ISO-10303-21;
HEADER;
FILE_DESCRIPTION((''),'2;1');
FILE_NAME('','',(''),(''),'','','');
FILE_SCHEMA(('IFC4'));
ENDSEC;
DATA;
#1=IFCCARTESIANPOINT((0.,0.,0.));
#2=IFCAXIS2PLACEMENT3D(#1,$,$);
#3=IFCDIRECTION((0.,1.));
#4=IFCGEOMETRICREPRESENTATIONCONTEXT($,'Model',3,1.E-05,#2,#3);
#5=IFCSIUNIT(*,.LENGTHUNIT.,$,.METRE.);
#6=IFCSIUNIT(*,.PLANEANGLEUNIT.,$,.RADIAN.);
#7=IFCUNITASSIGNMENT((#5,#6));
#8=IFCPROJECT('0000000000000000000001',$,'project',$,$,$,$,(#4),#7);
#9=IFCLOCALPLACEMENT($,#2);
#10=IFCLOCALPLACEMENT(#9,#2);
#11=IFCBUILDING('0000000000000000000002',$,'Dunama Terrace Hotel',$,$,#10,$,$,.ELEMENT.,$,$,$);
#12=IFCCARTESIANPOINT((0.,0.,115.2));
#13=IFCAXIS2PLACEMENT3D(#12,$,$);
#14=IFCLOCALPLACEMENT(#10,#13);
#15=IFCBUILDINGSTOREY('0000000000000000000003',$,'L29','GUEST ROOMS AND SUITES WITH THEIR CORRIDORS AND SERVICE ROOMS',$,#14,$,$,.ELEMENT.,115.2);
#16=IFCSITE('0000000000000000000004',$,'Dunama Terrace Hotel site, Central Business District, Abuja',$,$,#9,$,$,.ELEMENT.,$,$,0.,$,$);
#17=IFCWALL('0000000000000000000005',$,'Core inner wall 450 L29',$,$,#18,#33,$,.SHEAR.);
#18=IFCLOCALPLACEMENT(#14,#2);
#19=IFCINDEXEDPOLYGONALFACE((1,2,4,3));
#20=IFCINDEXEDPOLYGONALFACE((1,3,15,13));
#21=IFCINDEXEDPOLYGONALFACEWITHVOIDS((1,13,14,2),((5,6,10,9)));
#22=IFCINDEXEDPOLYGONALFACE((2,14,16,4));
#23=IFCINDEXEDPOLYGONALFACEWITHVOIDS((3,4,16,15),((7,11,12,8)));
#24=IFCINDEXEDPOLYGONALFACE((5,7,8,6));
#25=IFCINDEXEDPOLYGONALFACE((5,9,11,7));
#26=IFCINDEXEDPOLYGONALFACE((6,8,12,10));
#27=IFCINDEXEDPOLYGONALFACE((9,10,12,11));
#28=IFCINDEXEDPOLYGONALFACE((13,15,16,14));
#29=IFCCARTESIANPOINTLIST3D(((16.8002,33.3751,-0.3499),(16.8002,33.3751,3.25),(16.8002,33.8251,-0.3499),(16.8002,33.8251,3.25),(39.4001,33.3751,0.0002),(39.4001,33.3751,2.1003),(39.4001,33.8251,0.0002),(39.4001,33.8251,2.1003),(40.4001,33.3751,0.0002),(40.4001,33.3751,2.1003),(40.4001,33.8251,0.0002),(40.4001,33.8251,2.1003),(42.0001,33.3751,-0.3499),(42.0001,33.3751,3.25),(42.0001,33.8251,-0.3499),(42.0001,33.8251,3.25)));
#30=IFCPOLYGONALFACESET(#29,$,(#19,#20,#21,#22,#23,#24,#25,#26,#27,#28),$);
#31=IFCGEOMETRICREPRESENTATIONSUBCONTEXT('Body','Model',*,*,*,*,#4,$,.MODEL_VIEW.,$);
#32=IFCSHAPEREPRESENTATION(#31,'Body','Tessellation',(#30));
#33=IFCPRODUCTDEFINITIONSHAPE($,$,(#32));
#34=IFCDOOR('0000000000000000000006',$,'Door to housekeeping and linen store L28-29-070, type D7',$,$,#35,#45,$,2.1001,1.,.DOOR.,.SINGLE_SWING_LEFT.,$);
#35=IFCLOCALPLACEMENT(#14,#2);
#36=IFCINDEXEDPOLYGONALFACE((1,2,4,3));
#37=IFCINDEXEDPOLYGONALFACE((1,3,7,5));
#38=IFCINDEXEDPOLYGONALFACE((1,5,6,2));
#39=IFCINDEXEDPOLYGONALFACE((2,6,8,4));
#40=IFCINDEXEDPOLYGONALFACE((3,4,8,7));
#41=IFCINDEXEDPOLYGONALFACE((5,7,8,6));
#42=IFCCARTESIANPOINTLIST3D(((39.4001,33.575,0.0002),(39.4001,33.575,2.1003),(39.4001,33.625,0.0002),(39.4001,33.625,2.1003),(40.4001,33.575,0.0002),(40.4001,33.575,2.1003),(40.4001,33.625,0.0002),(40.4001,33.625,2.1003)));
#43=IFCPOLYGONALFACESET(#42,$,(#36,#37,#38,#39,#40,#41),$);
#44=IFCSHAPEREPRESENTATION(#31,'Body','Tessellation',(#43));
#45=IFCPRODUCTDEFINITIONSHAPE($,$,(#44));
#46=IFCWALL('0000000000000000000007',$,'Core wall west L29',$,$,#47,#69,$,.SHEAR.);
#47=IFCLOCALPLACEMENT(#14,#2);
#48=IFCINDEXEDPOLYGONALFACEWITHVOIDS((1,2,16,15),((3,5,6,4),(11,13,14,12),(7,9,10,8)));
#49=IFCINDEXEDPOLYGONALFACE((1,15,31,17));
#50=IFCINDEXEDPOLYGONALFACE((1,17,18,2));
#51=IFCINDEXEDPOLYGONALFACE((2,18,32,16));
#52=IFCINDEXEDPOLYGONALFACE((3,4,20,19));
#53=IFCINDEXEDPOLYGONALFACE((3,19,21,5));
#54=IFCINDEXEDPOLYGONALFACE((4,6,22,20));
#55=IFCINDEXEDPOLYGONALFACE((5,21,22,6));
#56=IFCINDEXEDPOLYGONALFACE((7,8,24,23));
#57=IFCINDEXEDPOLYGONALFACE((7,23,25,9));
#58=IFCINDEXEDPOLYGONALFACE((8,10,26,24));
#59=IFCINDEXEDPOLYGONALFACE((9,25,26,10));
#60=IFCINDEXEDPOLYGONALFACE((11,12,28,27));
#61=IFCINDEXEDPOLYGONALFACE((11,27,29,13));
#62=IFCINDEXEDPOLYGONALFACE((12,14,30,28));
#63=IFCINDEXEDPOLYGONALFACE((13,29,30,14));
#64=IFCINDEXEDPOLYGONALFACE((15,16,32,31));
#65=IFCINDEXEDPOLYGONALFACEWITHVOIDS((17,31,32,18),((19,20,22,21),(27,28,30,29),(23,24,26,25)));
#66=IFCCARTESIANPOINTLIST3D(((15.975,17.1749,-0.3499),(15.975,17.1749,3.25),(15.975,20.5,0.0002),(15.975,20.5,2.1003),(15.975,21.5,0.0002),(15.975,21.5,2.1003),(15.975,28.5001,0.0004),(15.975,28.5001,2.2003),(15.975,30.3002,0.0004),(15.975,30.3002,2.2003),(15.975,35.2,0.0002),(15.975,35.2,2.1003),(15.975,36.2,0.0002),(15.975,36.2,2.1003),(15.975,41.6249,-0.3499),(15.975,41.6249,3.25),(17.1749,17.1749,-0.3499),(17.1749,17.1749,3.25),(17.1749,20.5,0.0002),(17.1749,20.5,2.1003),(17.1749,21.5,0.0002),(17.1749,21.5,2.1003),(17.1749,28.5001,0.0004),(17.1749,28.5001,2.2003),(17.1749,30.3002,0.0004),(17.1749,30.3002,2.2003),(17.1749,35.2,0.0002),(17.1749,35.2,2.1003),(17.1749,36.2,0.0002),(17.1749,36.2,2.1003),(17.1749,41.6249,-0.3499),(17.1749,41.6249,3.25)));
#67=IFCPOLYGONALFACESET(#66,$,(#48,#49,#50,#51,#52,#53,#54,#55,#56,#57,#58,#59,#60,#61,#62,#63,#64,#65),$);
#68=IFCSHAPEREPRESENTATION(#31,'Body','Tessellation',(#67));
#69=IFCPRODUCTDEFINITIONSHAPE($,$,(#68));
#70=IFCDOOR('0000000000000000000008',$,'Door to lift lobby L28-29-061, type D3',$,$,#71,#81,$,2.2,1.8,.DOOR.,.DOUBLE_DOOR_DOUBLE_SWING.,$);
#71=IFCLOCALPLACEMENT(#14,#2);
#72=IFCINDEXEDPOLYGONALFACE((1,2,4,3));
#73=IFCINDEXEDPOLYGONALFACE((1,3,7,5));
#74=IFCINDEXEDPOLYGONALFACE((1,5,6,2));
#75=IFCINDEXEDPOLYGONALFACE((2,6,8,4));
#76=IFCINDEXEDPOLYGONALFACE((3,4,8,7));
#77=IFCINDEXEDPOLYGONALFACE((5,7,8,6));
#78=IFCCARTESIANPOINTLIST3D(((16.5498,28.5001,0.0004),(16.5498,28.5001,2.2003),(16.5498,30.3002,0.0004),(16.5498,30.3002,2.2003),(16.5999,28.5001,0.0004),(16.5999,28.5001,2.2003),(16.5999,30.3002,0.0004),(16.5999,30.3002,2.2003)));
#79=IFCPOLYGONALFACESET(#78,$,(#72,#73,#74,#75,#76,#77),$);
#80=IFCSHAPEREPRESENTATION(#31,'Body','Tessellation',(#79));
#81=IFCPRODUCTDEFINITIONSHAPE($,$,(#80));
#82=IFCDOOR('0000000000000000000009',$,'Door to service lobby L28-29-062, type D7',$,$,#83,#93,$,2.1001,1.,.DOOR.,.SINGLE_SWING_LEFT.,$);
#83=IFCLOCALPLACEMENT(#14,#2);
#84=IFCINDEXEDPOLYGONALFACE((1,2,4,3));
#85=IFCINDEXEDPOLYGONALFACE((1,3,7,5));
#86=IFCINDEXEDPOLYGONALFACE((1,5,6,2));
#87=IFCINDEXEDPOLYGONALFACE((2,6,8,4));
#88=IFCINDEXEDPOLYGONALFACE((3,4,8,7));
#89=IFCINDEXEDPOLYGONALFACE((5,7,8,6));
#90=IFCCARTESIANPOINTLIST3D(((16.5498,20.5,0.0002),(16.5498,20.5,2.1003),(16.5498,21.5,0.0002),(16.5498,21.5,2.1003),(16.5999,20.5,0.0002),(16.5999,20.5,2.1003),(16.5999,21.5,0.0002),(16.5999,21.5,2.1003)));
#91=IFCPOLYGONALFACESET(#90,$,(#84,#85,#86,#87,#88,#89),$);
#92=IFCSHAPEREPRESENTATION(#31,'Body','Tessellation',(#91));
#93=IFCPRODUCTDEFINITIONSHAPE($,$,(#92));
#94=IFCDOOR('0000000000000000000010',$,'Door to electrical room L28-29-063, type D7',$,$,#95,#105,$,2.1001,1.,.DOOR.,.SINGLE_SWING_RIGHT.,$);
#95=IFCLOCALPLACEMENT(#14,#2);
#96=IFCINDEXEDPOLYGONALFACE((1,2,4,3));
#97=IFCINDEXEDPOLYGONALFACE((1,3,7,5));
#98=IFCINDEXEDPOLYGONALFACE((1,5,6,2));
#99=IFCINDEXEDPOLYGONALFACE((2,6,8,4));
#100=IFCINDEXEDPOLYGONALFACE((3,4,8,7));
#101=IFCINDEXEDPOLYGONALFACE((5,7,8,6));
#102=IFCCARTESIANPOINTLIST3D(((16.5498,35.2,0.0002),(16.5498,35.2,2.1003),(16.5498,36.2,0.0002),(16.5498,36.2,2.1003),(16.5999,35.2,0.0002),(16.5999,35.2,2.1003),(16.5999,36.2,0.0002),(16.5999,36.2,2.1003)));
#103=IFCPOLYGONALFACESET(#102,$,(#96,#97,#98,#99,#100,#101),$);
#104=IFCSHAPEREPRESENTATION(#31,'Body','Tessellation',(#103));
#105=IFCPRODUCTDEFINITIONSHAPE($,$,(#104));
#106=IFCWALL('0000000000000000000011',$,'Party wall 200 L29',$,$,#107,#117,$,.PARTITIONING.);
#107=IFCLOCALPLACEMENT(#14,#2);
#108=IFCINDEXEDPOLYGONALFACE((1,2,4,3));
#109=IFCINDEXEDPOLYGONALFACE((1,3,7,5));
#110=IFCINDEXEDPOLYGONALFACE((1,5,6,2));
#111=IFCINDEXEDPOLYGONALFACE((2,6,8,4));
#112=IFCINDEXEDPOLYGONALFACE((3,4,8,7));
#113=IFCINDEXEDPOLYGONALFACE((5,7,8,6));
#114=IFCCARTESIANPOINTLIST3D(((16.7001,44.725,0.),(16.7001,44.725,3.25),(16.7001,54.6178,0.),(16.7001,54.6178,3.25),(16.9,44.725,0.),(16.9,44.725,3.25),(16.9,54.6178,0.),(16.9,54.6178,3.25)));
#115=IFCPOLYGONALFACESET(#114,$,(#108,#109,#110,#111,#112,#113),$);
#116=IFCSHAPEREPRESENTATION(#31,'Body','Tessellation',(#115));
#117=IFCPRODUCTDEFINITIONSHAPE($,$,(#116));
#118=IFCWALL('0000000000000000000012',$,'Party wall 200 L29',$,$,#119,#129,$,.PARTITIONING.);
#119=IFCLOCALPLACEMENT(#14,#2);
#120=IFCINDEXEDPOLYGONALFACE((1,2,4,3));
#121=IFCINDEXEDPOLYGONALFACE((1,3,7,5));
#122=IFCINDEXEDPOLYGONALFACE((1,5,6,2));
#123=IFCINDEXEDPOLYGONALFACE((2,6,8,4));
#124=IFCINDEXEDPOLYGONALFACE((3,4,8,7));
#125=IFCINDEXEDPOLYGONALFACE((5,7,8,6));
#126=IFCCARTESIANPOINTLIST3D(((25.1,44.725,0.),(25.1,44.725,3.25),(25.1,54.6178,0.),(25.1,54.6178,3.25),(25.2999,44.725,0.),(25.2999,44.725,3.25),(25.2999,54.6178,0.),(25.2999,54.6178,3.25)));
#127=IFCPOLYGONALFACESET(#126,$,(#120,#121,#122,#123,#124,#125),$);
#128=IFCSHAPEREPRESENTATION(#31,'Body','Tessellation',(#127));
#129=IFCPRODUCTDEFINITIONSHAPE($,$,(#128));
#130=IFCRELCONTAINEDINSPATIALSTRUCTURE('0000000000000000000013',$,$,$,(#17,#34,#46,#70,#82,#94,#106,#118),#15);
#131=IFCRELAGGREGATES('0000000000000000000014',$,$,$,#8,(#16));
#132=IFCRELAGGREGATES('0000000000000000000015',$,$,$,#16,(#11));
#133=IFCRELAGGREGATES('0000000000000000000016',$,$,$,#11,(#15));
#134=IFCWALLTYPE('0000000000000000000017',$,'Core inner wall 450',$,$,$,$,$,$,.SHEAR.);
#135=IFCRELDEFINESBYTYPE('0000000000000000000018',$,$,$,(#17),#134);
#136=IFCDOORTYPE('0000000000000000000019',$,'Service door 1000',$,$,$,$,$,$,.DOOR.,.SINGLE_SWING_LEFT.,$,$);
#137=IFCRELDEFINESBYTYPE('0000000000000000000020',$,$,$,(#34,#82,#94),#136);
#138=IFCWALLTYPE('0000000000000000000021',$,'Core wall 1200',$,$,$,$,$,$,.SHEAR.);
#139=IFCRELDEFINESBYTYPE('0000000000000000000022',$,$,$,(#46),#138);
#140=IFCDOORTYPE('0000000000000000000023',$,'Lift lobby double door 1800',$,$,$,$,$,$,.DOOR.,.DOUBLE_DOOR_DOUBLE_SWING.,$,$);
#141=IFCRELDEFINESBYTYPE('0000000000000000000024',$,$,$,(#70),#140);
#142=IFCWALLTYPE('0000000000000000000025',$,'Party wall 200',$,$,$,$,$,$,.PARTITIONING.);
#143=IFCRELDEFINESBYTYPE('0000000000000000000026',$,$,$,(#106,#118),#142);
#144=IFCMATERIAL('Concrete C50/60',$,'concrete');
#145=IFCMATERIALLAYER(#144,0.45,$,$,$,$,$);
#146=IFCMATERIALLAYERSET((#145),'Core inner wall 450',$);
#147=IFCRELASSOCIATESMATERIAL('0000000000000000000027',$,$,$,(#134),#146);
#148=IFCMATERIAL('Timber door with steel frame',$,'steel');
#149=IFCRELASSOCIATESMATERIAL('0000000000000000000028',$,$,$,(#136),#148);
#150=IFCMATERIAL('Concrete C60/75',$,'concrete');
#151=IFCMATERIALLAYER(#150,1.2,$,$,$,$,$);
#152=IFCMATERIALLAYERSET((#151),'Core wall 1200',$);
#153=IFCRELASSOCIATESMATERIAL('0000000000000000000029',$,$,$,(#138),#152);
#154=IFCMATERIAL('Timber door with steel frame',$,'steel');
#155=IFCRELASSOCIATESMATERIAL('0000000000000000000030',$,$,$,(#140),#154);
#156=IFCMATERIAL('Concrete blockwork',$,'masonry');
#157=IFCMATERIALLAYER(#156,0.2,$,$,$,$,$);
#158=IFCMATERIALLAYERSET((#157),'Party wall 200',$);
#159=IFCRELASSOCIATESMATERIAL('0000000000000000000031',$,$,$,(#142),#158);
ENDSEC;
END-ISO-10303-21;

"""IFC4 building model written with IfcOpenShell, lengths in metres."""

from ifc_helpers import new_model, si_unit, direction, frame, frame_2d, origin, place, context, subcontext, project, spatial, rectangle, extrude, material, layer, layer_set, type_object, element, fill, save


model = new_model("IFC4")

# Units and contexts
model_context = context("Model", 3, precision=1e-05, world=origin(), true_north=direction((0.0, 1.0)))
body_context = subcontext(model_context, "Body", "Model", "MODEL_VIEW")
ifc_project = project(units=[si_unit("LENGTHUNIT", "METRE"), si_unit("PLANEANGLEUNIT", "RADIAN")], contexts=[model_context])

# Site, building, storey
site_placement = place(None, origin())
site = spatial("IfcSite", under=ifc_project, at=site_placement, Name="Dunama Terrace Hotel site, Central Business District, Abuja", CompositionType="ELEMENT", RefElevation=0.0)
building_placement = place(site_placement, origin())
building = spatial("IfcBuilding", under=site, at=building_placement, Name="Dunama Terrace Hotel", CompositionType="ELEMENT")
storey_placement = place(building_placement, frame((0.0, 0.0, 115.2)))
storey = spatial("IfcBuildingStorey", under=building, at=storey_placement, Name="L29", Description="GUEST ROOMS AND SUITES WITH THEIR CORRIDORS AND SERVICE ROOMS", CompositionType="ELEMENT", Elevation=115.2)

# Shared definitions
ifc_material_1 = material(Name="Concrete C50/60", Category="concrete")
ifc_layer_1 = layer(ifc_material_1, 0.45)
ifc_layer_set_1 = layer_set([ifc_layer_1], Name="Core inner wall 450")
wall_type_1 = type_object("IfcWallType", Name="Core inner wall 450", PredefinedType="SHEAR", material=ifc_layer_set_1)

# Wall, opening, door
wall_1_placement = place(storey_placement, frame((16.8, 33.6001, -0.3499), z_axis=(0.0, 0.0, 1.0), x_axis=(1.0, 0.0, 0.0)))
wall_1 = element("IfcWall", 1, at=wall_1_placement, inside=storey, type_object=wall_type_1, Name="Core inner wall 450 L29", PredefinedType="SHEAR", context=body_context, shape_type="SweptSolid", body=[
    extrude(rectangle(XDim=25.2, YDim=0.45, at=frame_2d((12.6001, 0.0))), origin(), (0.0, 0.0, 1.0), 3.5999),
])
opening_1_placement = place(wall_1_placement, frame((22.6001, 0.0, 0.3501)))
opening_1 = element("IfcOpeningElement", 2, at=opening_1_placement, cuts=wall_1, PredefinedType="OPENING", context=body_context, shape_type="SweptSolid", body=[
    extrude(rectangle(XDim=1.0, YDim=2.1001, at=frame_2d((0.5, 1.05))), frame((0.0, 0.2349, 0.0), z_axis=(0.0, -1.0, 0.0), x_axis=(1.0, 0.0, 0.0)), (0.0, 0.0, 1.0), 0.47),
])
ifc_material_2 = material(Name="Timber door with steel frame", Category="steel")
door_type_1 = type_object("IfcDoorType", Name="Service door 1000", OperationType="SINGLE_SWING_LEFT", PredefinedType="DOOR", material=ifc_material_2)
door_1_placement = place(opening_1_placement, frame((1.0, 0.0, 0.0), z_axis=(0.0, 0.0, 1.0), x_axis=(-1.0, 0.0, 0.0)))
door_1 = element("IfcDoor", 3, at=door_1_placement, inside=storey, type_object=door_type_1, Name="Door to housekeeping and linen store L28-29-070, type D7", OperationType="SINGLE_SWING_LEFT", OverallHeight=2.1001, OverallWidth=1.0, PredefinedType="DOOR", context=body_context, shape_type="SweptSolid", body=[
    extrude(rectangle(XDim=1.0, YDim=2.1001, at=frame_2d((0.5, 1.05))), frame((0.0, 0.0251, 0.0), z_axis=(0.0, -1.0, 0.0), x_axis=(1.0, 0.0, 0.0)), (0.0, 0.0, 1.0), 0.05),
])
fill(opening_1, door_1)

# Wall, openings, doors
ifc_material_3 = material(Name="Concrete C60/75", Category="concrete")
ifc_layer_2 = layer(ifc_material_3, 1.2)
ifc_layer_set_2 = layer_set([ifc_layer_2], Name="Core wall 1200")
wall_type_2 = type_object("IfcWallType", Name="Core wall 1200", PredefinedType="SHEAR", material=ifc_layer_set_2)
wall_2_placement = place(storey_placement, frame((16.575, 41.625, -0.3499), z_axis=(0.0, 0.0, 1.0), x_axis=(0.0, -1.0, 0.0)))
wall_2 = element("IfcWall", 4, at=wall_2_placement, inside=storey, type_object=wall_type_2, Name="Core wall west L29", PredefinedType="SHEAR", context=body_context, shape_type="SweptSolid", body=[
    extrude(rectangle(XDim=24.45, YDim=1.2, at=frame_2d((12.2251, 0.0))), origin(), (0.0, 0.0, 1.0), 3.5999),
])
opening_2_placement = place(wall_2_placement, frame((11.325, 0.0, 0.3501)))
opening_2 = element("IfcOpeningElement", 5, at=opening_2_placement, cuts=wall_2, PredefinedType="OPENING", context=body_context, shape_type="SweptSolid", body=[
    extrude(rectangle(XDim=1.8, YDim=2.2, at=frame_2d((0.8999, 1.1001))), frame((0.0, 0.6099, 0.0), z_axis=(0.0, -1.0, 0.0), x_axis=(1.0, 0.0, 0.0)), (0.0, 0.0, 1.0), 1.22),
])
opening_3_placement = place(wall_2_placement, frame((20.125, 0.0, 0.3501)))
opening_3 = element("IfcOpeningElement", 6, at=opening_3_placement, cuts=wall_2, PredefinedType="OPENING", context=body_context, shape_type="SweptSolid", body=[
    extrude(rectangle(XDim=1.0, YDim=2.1001, at=frame_2d((0.5, 1.05))), frame((0.0, 0.6099, 0.0), z_axis=(0.0, -1.0, 0.0), x_axis=(1.0, 0.0, 0.0)), (0.0, 0.0, 1.0), 1.22),
])
opening_4_placement = place(wall_2_placement, frame((5.425, 0.0, 0.3501)))
opening_4 = element("IfcOpeningElement", 7, at=opening_4_placement, cuts=wall_2, PredefinedType="OPENING", context=body_context, shape_type="SweptSolid", body=[
    extrude(rectangle(XDim=1.0, YDim=2.1001, at=frame_2d((0.5, 1.05))), frame((0.0, 0.6099, 0.0), z_axis=(0.0, -1.0, 0.0), x_axis=(1.0, 0.0, 0.0)), (0.0, 0.0, 1.0), 1.22),
])
ifc_material_4 = material(Name="Timber door with steel frame", Category="steel")
door_type_2 = type_object("IfcDoorType", Name="Lift lobby double door 1800", OperationType="DOUBLE_DOOR_DOUBLE_SWING", PredefinedType="DOOR", material=ifc_material_4)
door_2_placement = place(opening_2_placement, origin())
door_2 = element("IfcDoor", 8, at=door_2_placement, inside=storey, type_object=door_type_2, Name="Door to lift lobby L28-29-061, type D3", OperationType="DOUBLE_DOOR_DOUBLE_SWING", OverallHeight=2.2, OverallWidth=1.8, PredefinedType="DOOR", context=body_context, shape_type="SweptSolid", body=[
    extrude(rectangle(XDim=1.8, YDim=2.2, at=frame_2d((0.8999, 1.1001))), frame((0.0, 0.0249, 0.0), z_axis=(0.0, -1.0, 0.0), x_axis=(1.0, 0.0, 0.0)), (0.0, 0.0, 1.0), 0.05),
])
fill(opening_2, door_2)
door_3_placement = place(opening_3_placement, origin())
door_3 = element("IfcDoor", 9, at=door_3_placement, inside=storey, type_object=door_type_1, Name="Door to service lobby L28-29-062, type D7", OperationType="SINGLE_SWING_LEFT", OverallHeight=2.1001, OverallWidth=1.0, PredefinedType="DOOR", context=body_context, shape_type="SweptSolid", body=[
    extrude(rectangle(XDim=1.0, YDim=2.1001, at=frame_2d((0.5, 1.05))), frame((0.0, 0.0249, 0.0), z_axis=(0.0, -1.0, 0.0), x_axis=(1.0, 0.0, 0.0)), (0.0, 0.0, 1.0), 0.05),
])
fill(opening_3, door_3)
door_4_placement = place(opening_4_placement, origin())
door_4 = element("IfcDoor", 10, at=door_4_placement, inside=storey, type_object=door_type_1, Name="Door to electrical room L28-29-063, type D7", OperationType="SINGLE_SWING_RIGHT", OverallHeight=2.1001, OverallWidth=1.0, PredefinedType="DOOR", context=body_context, shape_type="SweptSolid", body=[
    extrude(rectangle(XDim=1.0, YDim=2.1001, at=frame_2d((0.5, 1.05))), frame((0.0, 0.0249, 0.0), z_axis=(0.0, -1.0, 0.0), x_axis=(1.0, 0.0, 0.0)), (0.0, 0.0, 1.0), 0.05),
])
fill(opening_4, door_4)

# Walls
ifc_material_5 = material(Name="Concrete blockwork", Category="masonry")
ifc_layer_3 = layer(ifc_material_5, 0.2)
ifc_layer_set_3 = layer_set([ifc_layer_3], Name="Party wall 200")
wall_type_3 = type_object("IfcWallType", Name="Party wall 200", PredefinedType="PARTITIONING", material=ifc_layer_set_3)
for number, where, z_axis, x_axis, name in (
    (11, (16.8, 44.7251, 0.0), (0.0, 0.0, 1.0), (0.0, 1.0, 0.0), "Party wall 200 L29"),
    (12, (25.2, 44.7251, 0.0), (0.0, 0.0, 1.0), (0.0, 1.0, 0.0), "Party wall 200 L29"),
):
    element("IfcWall", number, at=place(storey_placement, frame(where, z_axis=z_axis, x_axis=x_axis)), inside=storey, type_object=wall_type_3, Name=name, PredefinedType="PARTITIONING", context=body_context, shape_type="SweptSolid", body=[
        extrude(rectangle(XDim=9.8928, YDim=0.2, at=frame_2d((4.9463, 0.0))), origin(), (0.0, 0.0, 1.0), 3.25),
    ])

save(model, "model.ifc")
